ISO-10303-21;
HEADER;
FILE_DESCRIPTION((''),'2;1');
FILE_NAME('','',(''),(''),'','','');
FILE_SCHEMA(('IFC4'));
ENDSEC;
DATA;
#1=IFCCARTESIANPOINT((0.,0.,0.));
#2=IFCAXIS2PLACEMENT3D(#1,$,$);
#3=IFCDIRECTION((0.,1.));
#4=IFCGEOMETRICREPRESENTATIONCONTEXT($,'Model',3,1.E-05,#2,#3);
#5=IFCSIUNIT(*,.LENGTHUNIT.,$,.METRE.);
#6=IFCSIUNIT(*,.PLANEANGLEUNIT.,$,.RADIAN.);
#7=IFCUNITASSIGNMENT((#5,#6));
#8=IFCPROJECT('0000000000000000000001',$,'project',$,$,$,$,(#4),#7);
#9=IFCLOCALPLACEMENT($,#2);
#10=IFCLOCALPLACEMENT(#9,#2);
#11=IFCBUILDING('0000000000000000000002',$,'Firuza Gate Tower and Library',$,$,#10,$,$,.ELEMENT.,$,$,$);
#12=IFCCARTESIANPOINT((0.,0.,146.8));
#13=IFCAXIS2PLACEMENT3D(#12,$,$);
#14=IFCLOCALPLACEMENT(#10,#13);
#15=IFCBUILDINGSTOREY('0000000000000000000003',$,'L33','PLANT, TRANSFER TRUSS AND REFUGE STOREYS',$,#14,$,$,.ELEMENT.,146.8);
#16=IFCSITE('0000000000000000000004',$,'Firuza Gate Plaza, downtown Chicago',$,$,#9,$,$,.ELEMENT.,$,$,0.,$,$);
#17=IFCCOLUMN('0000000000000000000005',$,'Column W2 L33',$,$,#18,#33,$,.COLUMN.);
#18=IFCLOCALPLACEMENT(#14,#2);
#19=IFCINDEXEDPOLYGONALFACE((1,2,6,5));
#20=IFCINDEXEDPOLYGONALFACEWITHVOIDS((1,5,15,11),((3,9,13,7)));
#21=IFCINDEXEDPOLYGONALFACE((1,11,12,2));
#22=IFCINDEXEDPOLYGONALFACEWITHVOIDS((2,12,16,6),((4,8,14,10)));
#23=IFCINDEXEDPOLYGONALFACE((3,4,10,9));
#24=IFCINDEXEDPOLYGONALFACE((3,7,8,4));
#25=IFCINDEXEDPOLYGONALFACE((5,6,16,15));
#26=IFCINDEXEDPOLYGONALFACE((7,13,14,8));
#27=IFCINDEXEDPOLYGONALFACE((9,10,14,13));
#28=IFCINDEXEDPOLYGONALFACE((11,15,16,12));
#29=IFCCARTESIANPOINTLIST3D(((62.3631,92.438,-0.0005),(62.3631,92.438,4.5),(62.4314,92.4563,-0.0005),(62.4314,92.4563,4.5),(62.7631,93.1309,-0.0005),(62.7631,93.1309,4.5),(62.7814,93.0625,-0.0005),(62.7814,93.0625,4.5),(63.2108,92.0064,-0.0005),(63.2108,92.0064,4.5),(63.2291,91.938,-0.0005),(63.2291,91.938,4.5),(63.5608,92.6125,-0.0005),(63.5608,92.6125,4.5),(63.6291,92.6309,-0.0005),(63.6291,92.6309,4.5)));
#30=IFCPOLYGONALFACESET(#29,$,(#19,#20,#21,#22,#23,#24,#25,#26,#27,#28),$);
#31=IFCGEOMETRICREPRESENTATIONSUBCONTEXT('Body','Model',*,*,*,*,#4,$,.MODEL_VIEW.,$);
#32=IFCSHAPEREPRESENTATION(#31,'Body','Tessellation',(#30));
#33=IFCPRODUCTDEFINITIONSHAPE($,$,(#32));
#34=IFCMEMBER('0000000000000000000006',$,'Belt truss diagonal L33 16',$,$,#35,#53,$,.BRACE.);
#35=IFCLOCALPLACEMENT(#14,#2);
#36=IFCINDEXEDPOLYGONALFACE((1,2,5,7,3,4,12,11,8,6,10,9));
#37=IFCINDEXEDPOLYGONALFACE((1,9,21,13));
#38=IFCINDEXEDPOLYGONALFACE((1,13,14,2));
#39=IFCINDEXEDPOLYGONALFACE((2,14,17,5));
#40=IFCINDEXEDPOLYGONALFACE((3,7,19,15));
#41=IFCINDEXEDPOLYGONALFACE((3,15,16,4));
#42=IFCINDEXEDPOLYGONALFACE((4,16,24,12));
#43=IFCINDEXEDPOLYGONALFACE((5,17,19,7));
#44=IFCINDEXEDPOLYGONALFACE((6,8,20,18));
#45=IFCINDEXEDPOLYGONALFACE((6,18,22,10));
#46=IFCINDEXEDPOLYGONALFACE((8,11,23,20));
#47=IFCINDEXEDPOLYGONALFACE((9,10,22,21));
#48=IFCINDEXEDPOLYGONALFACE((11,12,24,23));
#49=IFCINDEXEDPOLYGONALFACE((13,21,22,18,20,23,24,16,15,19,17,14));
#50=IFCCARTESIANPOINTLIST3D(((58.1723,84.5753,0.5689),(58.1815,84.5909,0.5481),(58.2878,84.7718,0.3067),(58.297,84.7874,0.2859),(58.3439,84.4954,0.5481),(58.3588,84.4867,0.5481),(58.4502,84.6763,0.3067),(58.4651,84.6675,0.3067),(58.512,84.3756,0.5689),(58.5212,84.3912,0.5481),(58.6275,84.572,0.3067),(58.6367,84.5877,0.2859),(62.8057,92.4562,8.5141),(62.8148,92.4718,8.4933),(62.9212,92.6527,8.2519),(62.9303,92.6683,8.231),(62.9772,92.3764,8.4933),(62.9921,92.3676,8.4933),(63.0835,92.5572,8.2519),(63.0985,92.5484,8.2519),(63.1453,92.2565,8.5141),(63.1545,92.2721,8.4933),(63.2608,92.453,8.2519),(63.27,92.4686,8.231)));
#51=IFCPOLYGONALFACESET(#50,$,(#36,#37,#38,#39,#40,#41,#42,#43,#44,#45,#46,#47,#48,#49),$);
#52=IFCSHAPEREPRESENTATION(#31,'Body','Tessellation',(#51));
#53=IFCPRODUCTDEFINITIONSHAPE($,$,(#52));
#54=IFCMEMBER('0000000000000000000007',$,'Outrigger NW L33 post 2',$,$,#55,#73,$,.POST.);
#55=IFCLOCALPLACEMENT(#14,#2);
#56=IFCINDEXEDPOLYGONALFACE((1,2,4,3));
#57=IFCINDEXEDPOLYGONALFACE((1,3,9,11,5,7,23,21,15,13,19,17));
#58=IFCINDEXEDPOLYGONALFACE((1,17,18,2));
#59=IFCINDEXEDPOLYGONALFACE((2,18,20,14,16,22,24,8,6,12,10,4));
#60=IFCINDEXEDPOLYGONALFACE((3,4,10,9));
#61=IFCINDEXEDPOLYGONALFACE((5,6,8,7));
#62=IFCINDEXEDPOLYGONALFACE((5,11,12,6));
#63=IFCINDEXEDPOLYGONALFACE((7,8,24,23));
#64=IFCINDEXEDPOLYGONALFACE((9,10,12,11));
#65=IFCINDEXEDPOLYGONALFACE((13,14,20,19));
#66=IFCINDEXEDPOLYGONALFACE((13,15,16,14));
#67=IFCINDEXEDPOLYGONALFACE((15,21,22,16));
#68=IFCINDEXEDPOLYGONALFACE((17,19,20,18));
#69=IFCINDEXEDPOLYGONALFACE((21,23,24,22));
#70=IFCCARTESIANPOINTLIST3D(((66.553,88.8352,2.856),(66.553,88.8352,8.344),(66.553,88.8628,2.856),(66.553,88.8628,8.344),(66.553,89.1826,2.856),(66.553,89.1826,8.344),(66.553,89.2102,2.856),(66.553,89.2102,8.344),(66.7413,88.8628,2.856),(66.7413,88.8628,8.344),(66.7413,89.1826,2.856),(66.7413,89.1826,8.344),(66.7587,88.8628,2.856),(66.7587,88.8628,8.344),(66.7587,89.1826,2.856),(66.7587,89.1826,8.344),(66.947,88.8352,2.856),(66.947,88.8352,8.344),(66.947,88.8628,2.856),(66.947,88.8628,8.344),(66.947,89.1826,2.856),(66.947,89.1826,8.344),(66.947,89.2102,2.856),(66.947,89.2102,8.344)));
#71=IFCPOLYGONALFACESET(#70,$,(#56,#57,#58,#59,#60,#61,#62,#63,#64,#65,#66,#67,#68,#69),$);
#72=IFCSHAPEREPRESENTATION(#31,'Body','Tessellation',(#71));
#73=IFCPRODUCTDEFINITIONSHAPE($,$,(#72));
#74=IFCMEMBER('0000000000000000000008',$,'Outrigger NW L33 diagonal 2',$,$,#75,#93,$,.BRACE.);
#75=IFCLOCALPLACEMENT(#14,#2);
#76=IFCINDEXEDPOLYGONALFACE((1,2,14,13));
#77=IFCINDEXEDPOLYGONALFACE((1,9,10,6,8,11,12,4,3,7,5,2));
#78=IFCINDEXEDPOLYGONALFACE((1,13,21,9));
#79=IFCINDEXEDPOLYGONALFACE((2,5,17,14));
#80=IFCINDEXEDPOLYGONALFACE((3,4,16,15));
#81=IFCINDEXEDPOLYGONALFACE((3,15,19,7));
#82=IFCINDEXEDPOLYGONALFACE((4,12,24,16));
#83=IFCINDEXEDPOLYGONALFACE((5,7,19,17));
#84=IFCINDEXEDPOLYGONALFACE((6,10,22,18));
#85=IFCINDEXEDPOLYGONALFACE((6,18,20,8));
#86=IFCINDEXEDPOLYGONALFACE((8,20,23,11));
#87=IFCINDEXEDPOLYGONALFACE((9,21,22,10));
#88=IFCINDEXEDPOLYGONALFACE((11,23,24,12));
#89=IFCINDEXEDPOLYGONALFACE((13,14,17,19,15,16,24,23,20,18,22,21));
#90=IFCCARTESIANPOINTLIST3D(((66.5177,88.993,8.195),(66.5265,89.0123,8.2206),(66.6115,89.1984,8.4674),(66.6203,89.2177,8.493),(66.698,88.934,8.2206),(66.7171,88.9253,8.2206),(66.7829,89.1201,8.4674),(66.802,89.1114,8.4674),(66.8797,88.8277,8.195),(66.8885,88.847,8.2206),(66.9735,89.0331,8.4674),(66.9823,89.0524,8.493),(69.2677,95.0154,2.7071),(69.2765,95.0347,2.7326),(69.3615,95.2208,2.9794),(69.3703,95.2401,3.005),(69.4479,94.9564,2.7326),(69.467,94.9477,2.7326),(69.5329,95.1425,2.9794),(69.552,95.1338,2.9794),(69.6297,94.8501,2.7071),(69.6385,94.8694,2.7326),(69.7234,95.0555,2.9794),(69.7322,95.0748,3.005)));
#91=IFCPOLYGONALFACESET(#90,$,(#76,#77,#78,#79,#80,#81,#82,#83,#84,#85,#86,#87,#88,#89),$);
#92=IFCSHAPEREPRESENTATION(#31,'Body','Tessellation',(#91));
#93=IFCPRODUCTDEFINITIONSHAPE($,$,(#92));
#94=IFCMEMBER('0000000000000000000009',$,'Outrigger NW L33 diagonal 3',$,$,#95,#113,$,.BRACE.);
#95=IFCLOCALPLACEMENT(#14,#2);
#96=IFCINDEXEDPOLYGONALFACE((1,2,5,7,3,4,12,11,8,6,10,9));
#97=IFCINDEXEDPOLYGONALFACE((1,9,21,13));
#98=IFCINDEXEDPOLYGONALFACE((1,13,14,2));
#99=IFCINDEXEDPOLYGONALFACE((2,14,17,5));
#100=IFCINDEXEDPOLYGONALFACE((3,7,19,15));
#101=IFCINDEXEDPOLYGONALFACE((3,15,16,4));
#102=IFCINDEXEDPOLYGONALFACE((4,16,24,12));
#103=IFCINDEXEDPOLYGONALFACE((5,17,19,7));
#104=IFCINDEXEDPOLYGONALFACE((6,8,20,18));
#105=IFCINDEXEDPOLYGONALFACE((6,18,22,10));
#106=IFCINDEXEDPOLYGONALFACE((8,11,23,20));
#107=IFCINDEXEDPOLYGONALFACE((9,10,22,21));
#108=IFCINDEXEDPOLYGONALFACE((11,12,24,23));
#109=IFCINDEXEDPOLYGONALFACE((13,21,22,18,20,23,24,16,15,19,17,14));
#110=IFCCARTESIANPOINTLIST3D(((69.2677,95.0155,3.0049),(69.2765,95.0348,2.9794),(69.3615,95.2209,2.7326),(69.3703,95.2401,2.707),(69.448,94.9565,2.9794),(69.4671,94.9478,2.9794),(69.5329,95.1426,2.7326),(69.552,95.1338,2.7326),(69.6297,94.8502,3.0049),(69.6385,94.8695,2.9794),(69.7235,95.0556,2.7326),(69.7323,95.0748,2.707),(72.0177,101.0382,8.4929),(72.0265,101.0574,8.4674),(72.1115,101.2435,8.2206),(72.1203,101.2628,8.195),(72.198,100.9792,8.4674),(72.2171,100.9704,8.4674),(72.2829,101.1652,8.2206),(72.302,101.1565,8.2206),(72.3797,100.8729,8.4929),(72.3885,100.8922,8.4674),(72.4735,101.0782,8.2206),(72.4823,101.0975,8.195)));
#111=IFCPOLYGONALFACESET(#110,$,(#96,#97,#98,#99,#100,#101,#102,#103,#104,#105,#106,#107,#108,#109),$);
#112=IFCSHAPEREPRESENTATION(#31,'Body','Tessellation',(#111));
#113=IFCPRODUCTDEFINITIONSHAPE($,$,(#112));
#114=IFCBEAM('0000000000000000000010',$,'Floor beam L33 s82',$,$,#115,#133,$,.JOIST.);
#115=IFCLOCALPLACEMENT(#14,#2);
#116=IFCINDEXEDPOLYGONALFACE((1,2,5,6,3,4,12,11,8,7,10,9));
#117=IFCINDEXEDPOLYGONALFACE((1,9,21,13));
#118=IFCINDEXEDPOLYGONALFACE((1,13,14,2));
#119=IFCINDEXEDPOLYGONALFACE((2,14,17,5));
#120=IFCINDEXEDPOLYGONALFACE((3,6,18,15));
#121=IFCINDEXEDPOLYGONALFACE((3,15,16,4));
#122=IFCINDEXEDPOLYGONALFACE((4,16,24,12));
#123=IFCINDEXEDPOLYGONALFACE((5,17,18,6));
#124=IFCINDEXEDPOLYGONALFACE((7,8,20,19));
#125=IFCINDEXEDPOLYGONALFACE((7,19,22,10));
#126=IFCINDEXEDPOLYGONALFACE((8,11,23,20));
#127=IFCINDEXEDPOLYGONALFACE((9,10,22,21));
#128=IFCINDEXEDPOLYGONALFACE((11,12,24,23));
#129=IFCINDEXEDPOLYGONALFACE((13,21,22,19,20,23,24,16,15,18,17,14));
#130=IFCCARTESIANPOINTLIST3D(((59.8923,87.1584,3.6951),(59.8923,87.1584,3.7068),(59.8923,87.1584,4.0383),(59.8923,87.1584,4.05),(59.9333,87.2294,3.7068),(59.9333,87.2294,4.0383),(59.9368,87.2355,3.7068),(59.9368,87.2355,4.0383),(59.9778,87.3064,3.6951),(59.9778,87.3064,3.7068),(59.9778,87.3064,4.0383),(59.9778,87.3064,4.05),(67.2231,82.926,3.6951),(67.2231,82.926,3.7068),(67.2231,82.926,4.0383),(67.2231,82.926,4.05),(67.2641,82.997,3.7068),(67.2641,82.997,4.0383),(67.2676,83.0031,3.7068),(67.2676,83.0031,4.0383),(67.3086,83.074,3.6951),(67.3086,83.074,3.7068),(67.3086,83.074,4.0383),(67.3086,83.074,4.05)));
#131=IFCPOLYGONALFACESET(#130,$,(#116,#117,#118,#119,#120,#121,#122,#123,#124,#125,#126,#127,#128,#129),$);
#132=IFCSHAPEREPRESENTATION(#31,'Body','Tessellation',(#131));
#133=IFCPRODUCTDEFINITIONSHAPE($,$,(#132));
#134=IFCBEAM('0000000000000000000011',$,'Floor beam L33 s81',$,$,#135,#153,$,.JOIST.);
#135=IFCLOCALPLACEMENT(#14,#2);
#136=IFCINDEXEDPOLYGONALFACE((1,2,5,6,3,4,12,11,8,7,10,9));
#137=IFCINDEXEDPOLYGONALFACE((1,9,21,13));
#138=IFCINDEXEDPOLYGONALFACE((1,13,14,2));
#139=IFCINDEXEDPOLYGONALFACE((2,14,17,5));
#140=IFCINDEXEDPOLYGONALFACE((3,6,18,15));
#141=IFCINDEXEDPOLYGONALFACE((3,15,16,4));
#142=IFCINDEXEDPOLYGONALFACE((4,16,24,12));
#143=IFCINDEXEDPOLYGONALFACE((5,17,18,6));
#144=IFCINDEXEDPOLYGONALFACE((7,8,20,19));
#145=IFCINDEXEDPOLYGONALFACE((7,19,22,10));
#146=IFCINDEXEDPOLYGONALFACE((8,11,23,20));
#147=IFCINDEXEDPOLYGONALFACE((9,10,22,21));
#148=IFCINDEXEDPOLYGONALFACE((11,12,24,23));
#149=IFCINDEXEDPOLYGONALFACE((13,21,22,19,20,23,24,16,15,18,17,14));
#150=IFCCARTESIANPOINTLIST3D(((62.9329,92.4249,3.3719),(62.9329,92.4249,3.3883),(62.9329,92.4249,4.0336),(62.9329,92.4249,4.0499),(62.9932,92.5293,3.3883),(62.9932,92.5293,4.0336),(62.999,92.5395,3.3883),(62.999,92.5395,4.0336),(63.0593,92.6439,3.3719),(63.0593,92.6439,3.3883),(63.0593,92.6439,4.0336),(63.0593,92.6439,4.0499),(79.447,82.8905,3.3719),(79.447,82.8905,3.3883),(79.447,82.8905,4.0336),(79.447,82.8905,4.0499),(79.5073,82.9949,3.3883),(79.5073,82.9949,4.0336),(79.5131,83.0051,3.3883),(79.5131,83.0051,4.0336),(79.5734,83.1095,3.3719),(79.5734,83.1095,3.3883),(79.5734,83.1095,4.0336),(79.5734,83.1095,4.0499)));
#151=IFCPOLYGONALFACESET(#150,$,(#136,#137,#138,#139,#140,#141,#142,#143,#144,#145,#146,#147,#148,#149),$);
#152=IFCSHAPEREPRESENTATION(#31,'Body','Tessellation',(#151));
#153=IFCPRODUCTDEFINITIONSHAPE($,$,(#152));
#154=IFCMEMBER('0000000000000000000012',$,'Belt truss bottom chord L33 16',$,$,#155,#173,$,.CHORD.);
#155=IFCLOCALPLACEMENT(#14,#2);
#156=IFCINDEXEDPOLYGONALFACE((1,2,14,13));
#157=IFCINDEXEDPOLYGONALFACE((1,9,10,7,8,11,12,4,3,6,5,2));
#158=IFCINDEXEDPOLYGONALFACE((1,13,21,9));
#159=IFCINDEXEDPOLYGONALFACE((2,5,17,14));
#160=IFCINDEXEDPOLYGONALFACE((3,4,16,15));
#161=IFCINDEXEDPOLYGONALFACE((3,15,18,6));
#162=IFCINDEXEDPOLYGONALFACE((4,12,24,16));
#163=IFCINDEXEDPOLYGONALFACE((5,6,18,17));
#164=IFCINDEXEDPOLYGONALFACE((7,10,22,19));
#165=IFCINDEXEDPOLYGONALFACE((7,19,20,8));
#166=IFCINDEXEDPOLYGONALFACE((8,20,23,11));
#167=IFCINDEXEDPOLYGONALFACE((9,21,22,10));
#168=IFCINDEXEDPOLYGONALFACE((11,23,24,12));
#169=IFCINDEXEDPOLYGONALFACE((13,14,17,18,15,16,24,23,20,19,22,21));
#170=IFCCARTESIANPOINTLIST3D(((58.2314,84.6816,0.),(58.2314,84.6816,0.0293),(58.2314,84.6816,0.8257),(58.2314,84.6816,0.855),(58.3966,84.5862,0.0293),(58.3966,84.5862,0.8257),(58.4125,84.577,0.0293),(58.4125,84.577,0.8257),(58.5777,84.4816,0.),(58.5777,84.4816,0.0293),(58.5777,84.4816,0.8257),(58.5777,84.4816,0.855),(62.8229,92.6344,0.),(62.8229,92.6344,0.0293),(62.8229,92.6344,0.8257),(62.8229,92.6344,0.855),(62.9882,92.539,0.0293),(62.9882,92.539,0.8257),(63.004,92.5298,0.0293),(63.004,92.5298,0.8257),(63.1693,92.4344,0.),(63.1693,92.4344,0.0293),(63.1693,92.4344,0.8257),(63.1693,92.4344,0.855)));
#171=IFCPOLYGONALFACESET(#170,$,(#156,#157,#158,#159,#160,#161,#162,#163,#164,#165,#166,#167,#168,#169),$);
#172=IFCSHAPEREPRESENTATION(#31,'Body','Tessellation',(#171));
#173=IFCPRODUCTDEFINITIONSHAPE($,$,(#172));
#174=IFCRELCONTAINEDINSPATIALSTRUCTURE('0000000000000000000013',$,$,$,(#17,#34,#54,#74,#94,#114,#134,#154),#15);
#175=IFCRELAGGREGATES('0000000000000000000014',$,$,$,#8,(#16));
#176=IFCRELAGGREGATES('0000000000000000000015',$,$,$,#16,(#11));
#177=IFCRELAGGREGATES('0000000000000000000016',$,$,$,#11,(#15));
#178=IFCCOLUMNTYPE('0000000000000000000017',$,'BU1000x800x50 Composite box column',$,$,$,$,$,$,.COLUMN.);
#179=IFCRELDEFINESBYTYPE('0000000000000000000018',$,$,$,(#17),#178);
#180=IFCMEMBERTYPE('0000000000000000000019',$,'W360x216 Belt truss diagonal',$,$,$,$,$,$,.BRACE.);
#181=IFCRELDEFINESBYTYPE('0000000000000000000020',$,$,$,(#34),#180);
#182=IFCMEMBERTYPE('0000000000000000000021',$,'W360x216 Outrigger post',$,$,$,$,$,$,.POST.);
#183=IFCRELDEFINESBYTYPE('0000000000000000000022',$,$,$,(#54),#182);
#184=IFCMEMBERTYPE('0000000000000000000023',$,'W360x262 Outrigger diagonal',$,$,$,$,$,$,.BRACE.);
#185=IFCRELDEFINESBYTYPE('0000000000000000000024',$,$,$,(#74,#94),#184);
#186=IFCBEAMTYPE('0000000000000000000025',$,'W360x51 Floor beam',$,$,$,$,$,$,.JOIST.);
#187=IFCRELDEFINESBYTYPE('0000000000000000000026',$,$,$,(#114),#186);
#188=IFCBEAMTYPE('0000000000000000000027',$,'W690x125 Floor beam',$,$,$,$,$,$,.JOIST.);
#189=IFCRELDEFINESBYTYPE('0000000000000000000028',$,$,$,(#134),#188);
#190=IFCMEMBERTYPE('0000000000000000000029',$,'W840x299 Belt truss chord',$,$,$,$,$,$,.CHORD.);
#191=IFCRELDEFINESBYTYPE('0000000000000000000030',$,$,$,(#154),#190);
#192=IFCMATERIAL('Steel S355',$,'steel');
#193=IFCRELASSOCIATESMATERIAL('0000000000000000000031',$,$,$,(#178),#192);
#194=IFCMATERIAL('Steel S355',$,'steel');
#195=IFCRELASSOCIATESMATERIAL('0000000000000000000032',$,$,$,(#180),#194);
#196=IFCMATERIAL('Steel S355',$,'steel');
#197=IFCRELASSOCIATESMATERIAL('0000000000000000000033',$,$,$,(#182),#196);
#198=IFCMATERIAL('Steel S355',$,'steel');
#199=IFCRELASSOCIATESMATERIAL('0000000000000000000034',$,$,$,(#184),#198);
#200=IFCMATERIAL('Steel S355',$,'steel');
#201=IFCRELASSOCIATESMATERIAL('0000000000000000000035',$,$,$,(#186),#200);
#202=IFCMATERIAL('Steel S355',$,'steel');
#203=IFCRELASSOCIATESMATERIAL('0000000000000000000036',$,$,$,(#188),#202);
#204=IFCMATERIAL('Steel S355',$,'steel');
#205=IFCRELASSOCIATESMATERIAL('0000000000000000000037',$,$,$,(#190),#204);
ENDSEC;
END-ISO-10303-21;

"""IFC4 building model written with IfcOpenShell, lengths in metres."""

from ifc_helpers import new_model, si_unit, direction, frame, origin, origin_2d, place, context, subcontext, project, spatial, hollow_rectangle, i_section, extrude, material, material_profile, profile_set, type_object, element, save


model = new_model("IFC4")

# Units and contexts
model_context = context("Model", 3, precision=1e-05, world=origin(), true_north=direction((0.0, 1.0)))
body_context = subcontext(model_context, "Body", "Model", "MODEL_VIEW")
ifc_project = project(units=[si_unit("LENGTHUNIT", "METRE"), si_unit("PLANEANGLEUNIT", "RADIAN")], contexts=[model_context])

# Site, building, storey
site_placement = place(None, origin())
site = spatial("IfcSite", under=ifc_project, at=site_placement, Name="Firuza Gate Plaza, downtown Chicago", CompositionType="ELEMENT", RefElevation=0.0)
building_placement = place(site_placement, origin())
building = spatial("IfcBuilding", under=site, at=building_placement, Name="Firuza Gate Tower and Library", CompositionType="ELEMENT")
storey_placement = place(building_placement, frame((0.0, 0.0, 146.8)))
storey = spatial("IfcBuildingStorey", under=building, at=storey_placement, Name="L33", Description="PLANT, TRANSFER TRUSS AND REFUGE STOREYS", CompositionType="ELEMENT", Elevation=146.8)

# Column
ifc_material_1 = material(Name="Steel S355", Category="steel")
ifc_material_profile_1 = material_profile(ifc_material_1, hollow_rectangle(XDim=0.8, YDim=1.0, WallThickness=0.05, at=origin_2d()))
ifc_profile_set_1 = profile_set([ifc_material_profile_1], Name="Steel S355")
column_type = type_object("IfcColumnType", Name="BU1000x800x50 Composite box column", PredefinedType="COLUMN", material=ifc_profile_set_1)
column_placement = place(storey_placement, frame((62.9961, 92.5344, -0.0005), z_axis=(0.0, 0.0, 1.0), x_axis=(-0.5, -0.866025, 0.0)))
element("IfcColumn", 1, at=column_placement, inside=storey, type_object=column_type, Name="Column W2 L33", PredefinedType="COLUMN", context=body_context, shape_type="SweptSolid", body=[
    extrude(hollow_rectangle(XDim=0.8, YDim=1.0, WallThickness=0.05, at=origin_2d()), origin(), (0.0, 0.0, 1.0), 4.5005),
])

# Members
ifc_material_2 = material(Name="Steel S355", Category="steel")
ifc_material_profile_2 = material_profile(ifc_material_2, i_section(OverallWidth=0.394, OverallDepth=0.375, WebThickness=0.0173, FlangeThickness=0.0276, at=origin_2d()))
ifc_profile_set_2 = profile_set([ifc_material_profile_2], Name="Steel S355")
member_type_1 = type_object("IfcMemberType", Name="W360x216 Belt truss diagonal", PredefinedType="BRACE", material=ifc_profile_set_2)
member_1_placement = place(storey_placement, frame((63.0378, 92.4624, 8.3726), z_axis=(-0.382539, -0.650668, -0.655969), x_axis=(0.862054, -0.506817, 0.0)))
element("IfcMember", 2, at=member_1_placement, inside=storey, type_object=member_type_1, Name="Belt truss diagonal L33 16", PredefinedType="BRACE", context=body_context, shape_type="SweptSolid", body=[
    extrude(i_section(OverallWidth=0.394, OverallDepth=0.375, WebThickness=0.0173, FlangeThickness=0.0276, at=origin_2d()), origin(), (0.0, 0.0, 1.0), 12.1121),
])
ifc_material_3 = material(Name="Steel S355", Category="steel")
ifc_material_profile_3 = material_profile(ifc_material_3, i_section(OverallWidth=0.394, OverallDepth=0.375, WebThickness=0.0173, FlangeThickness=0.0276, at=origin_2d()))
ifc_profile_set_3 = profile_set([ifc_material_profile_3], Name="Steel S355")
member_type_2 = type_object("IfcMemberType", Name="W360x216 Outrigger post", PredefinedType="POST", material=ifc_profile_set_3)
member_2_placement = place(storey_placement, frame((66.75, 89.0227, 2.856), z_axis=(0.0, 0.0, 1.0), x_axis=(1.0, 0.0, 0.0)))
element("IfcMember", 3, at=member_2_placement, inside=storey, type_object=member_type_2, Name="Outrigger NW L33 post 2", PredefinedType="POST", context=body_context, shape_type="SweptSolid", body=[
    extrude(i_section(OverallWidth=0.394, OverallDepth=0.375, WebThickness=0.0173, FlangeThickness=0.0276, at=origin_2d()), origin(), (0.0, 0.0, 1.0), 5.488),
])
ifc_material_4 = material(Name="Steel S355", Category="steel")
ifc_material_profile_4 = material_profile(ifc_material_4, i_section(OverallWidth=0.3979, OverallDepth=0.387, WebThickness=0.021, FlangeThickness=0.0332, at=origin_2d()))
ifc_profile_set_4 = profile_set([ifc_material_profile_4], Name="Steel S355")
member_type_3 = type_object("IfcMemberType", Name="W360x262 Outrigger diagonal", PredefinedType="BRACE", material=ifc_profile_set_4)
member_3_placement = place(storey_placement, frame((66.75, 89.0227, 8.344), z_axis=(0.319787, 0.700328, -0.638182), x_axis=(-0.909653, 0.415369, 0.0)))
element("IfcMember", 4, at=member_3_placement, inside=storey, type_object=member_type_3, Name="Outrigger NW L33 diagonal 2", PredefinedType="BRACE", context=body_context, shape_type="SweptSolid", body=[
    extrude(i_section(OverallWidth=0.3979, OverallDepth=0.387, WebThickness=0.021, FlangeThickness=0.0332, at=origin_2d()), origin(), (0.0, 0.0, 1.0), 8.5994),
])
member_4_placement = place(storey_placement, frame((69.5, 95.0452, 2.856), z_axis=(0.31978, 0.700343, 0.63817), x_axis=(-0.909659, 0.415355, 0.0)))
element("IfcMember", 5, at=member_4_placement, inside=storey, type_object=member_type_3, Name="Outrigger NW L33 diagonal 3", PredefinedType="BRACE", context=body_context, shape_type="SweptSolid", body=[
    extrude(i_section(OverallWidth=0.3979, OverallDepth=0.387, WebThickness=0.021, FlangeThickness=0.0332, at=origin_2d()), origin(), (0.0, 0.0, 1.0), 8.5996),
])

# Beams
ifc_material_5 = material(Name="Steel S355", Category="steel")
ifc_material_profile_5 = material_profile(ifc_material_5, i_section(OverallWidth=0.1709, OverallDepth=0.355, WebThickness=0.0071, FlangeThickness=0.0117, at=origin_2d()))
ifc_profile_set_5 = profile_set([ifc_material_profile_5], Name="Steel S355")
beam_type_1 = type_object("IfcBeamType", Name="W360x51 Floor beam", PredefinedType="JOIST", material=ifc_profile_set_5)
beam_1_placement = place(storey_placement, frame((59.9351, 87.2324, 3.8726), z_axis=(0.866027, -0.499998, 0.0), x_axis=(0.499998, 0.866027, 0.0)))
element("IfcBeam", 6, at=beam_1_placement, inside=storey, type_object=beam_type_1, Name="Floor beam L33 s82", PredefinedType="JOIST", context=body_context, shape_type="SweptSolid", body=[
    extrude(i_section(OverallWidth=0.1709, OverallDepth=0.355, WebThickness=0.0071, FlangeThickness=0.0117, at=origin_2d()), origin(), (0.0, 0.0, 1.0), 8.4648),
])
ifc_material_6 = material(Name="Steel S355", Category="steel")
ifc_material_profile_6 = material_profile(ifc_material_6, i_section(OverallWidth=0.2529, OverallDepth=0.678, WebThickness=0.0117, FlangeThickness=0.0164, at=origin_2d()))
ifc_profile_set_6 = profile_set([ifc_material_profile_6], Name="Steel S355")
beam_type_2 = type_object("IfcBeamType", Name="W690x125 Floor beam", PredefinedType="JOIST", material=ifc_profile_set_6)
beam_2_placement = place(storey_placement, frame((62.9961, 92.5344, 3.7109), z_axis=(0.866026, -0.499999, 0.0), x_axis=(0.499999, 0.866026, 0.0)))
element("IfcBeam", 7, at=beam_2_placement, inside=storey, type_object=beam_type_2, Name="Floor beam L33 s81", PredefinedType="JOIST", context=body_context, shape_type="SweptSolid", body=[
    extrude(i_section(OverallWidth=0.2529, OverallDepth=0.678, WebThickness=0.0117, FlangeThickness=0.0164, at=origin_2d()), origin(), (0.0, 0.0, 1.0), 19.0688),
])

# Member
ifc_material_7 = material(Name="Steel S355", Category="steel")
ifc_material_profile_7 = material_profile(ifc_material_7, i_section(OverallWidth=0.3999, OverallDepth=0.855, WebThickness=0.0183, FlangeThickness=0.0293, at=origin_2d()))
ifc_profile_set_7 = profile_set([ifc_material_profile_7], Name="Steel S355")
member_type_4 = type_object("IfcMemberType", Name="W840x299 Belt truss chord", PredefinedType="CHORD", material=ifc_profile_set_7)
member_5_placement = place(storey_placement, frame((62.9961, 92.5344, 0.4275), z_axis=(-0.499996, -0.866028, 0.0), x_axis=(0.866028, -0.499996, 0.0)))
element("IfcMember", 8, at=member_5_placement, inside=storey, type_object=member_type_4, Name="Belt truss bottom chord L33 16", PredefinedType="CHORD", context=body_context, shape_type="SweptSolid", body=[
    extrude(i_section(OverallWidth=0.3999, OverallDepth=0.855, WebThickness=0.0183, FlangeThickness=0.0293, at=origin_2d()), origin(), (0.0, 0.0, 1.0), 9.1831),
])

save(model, "model.ifc")
